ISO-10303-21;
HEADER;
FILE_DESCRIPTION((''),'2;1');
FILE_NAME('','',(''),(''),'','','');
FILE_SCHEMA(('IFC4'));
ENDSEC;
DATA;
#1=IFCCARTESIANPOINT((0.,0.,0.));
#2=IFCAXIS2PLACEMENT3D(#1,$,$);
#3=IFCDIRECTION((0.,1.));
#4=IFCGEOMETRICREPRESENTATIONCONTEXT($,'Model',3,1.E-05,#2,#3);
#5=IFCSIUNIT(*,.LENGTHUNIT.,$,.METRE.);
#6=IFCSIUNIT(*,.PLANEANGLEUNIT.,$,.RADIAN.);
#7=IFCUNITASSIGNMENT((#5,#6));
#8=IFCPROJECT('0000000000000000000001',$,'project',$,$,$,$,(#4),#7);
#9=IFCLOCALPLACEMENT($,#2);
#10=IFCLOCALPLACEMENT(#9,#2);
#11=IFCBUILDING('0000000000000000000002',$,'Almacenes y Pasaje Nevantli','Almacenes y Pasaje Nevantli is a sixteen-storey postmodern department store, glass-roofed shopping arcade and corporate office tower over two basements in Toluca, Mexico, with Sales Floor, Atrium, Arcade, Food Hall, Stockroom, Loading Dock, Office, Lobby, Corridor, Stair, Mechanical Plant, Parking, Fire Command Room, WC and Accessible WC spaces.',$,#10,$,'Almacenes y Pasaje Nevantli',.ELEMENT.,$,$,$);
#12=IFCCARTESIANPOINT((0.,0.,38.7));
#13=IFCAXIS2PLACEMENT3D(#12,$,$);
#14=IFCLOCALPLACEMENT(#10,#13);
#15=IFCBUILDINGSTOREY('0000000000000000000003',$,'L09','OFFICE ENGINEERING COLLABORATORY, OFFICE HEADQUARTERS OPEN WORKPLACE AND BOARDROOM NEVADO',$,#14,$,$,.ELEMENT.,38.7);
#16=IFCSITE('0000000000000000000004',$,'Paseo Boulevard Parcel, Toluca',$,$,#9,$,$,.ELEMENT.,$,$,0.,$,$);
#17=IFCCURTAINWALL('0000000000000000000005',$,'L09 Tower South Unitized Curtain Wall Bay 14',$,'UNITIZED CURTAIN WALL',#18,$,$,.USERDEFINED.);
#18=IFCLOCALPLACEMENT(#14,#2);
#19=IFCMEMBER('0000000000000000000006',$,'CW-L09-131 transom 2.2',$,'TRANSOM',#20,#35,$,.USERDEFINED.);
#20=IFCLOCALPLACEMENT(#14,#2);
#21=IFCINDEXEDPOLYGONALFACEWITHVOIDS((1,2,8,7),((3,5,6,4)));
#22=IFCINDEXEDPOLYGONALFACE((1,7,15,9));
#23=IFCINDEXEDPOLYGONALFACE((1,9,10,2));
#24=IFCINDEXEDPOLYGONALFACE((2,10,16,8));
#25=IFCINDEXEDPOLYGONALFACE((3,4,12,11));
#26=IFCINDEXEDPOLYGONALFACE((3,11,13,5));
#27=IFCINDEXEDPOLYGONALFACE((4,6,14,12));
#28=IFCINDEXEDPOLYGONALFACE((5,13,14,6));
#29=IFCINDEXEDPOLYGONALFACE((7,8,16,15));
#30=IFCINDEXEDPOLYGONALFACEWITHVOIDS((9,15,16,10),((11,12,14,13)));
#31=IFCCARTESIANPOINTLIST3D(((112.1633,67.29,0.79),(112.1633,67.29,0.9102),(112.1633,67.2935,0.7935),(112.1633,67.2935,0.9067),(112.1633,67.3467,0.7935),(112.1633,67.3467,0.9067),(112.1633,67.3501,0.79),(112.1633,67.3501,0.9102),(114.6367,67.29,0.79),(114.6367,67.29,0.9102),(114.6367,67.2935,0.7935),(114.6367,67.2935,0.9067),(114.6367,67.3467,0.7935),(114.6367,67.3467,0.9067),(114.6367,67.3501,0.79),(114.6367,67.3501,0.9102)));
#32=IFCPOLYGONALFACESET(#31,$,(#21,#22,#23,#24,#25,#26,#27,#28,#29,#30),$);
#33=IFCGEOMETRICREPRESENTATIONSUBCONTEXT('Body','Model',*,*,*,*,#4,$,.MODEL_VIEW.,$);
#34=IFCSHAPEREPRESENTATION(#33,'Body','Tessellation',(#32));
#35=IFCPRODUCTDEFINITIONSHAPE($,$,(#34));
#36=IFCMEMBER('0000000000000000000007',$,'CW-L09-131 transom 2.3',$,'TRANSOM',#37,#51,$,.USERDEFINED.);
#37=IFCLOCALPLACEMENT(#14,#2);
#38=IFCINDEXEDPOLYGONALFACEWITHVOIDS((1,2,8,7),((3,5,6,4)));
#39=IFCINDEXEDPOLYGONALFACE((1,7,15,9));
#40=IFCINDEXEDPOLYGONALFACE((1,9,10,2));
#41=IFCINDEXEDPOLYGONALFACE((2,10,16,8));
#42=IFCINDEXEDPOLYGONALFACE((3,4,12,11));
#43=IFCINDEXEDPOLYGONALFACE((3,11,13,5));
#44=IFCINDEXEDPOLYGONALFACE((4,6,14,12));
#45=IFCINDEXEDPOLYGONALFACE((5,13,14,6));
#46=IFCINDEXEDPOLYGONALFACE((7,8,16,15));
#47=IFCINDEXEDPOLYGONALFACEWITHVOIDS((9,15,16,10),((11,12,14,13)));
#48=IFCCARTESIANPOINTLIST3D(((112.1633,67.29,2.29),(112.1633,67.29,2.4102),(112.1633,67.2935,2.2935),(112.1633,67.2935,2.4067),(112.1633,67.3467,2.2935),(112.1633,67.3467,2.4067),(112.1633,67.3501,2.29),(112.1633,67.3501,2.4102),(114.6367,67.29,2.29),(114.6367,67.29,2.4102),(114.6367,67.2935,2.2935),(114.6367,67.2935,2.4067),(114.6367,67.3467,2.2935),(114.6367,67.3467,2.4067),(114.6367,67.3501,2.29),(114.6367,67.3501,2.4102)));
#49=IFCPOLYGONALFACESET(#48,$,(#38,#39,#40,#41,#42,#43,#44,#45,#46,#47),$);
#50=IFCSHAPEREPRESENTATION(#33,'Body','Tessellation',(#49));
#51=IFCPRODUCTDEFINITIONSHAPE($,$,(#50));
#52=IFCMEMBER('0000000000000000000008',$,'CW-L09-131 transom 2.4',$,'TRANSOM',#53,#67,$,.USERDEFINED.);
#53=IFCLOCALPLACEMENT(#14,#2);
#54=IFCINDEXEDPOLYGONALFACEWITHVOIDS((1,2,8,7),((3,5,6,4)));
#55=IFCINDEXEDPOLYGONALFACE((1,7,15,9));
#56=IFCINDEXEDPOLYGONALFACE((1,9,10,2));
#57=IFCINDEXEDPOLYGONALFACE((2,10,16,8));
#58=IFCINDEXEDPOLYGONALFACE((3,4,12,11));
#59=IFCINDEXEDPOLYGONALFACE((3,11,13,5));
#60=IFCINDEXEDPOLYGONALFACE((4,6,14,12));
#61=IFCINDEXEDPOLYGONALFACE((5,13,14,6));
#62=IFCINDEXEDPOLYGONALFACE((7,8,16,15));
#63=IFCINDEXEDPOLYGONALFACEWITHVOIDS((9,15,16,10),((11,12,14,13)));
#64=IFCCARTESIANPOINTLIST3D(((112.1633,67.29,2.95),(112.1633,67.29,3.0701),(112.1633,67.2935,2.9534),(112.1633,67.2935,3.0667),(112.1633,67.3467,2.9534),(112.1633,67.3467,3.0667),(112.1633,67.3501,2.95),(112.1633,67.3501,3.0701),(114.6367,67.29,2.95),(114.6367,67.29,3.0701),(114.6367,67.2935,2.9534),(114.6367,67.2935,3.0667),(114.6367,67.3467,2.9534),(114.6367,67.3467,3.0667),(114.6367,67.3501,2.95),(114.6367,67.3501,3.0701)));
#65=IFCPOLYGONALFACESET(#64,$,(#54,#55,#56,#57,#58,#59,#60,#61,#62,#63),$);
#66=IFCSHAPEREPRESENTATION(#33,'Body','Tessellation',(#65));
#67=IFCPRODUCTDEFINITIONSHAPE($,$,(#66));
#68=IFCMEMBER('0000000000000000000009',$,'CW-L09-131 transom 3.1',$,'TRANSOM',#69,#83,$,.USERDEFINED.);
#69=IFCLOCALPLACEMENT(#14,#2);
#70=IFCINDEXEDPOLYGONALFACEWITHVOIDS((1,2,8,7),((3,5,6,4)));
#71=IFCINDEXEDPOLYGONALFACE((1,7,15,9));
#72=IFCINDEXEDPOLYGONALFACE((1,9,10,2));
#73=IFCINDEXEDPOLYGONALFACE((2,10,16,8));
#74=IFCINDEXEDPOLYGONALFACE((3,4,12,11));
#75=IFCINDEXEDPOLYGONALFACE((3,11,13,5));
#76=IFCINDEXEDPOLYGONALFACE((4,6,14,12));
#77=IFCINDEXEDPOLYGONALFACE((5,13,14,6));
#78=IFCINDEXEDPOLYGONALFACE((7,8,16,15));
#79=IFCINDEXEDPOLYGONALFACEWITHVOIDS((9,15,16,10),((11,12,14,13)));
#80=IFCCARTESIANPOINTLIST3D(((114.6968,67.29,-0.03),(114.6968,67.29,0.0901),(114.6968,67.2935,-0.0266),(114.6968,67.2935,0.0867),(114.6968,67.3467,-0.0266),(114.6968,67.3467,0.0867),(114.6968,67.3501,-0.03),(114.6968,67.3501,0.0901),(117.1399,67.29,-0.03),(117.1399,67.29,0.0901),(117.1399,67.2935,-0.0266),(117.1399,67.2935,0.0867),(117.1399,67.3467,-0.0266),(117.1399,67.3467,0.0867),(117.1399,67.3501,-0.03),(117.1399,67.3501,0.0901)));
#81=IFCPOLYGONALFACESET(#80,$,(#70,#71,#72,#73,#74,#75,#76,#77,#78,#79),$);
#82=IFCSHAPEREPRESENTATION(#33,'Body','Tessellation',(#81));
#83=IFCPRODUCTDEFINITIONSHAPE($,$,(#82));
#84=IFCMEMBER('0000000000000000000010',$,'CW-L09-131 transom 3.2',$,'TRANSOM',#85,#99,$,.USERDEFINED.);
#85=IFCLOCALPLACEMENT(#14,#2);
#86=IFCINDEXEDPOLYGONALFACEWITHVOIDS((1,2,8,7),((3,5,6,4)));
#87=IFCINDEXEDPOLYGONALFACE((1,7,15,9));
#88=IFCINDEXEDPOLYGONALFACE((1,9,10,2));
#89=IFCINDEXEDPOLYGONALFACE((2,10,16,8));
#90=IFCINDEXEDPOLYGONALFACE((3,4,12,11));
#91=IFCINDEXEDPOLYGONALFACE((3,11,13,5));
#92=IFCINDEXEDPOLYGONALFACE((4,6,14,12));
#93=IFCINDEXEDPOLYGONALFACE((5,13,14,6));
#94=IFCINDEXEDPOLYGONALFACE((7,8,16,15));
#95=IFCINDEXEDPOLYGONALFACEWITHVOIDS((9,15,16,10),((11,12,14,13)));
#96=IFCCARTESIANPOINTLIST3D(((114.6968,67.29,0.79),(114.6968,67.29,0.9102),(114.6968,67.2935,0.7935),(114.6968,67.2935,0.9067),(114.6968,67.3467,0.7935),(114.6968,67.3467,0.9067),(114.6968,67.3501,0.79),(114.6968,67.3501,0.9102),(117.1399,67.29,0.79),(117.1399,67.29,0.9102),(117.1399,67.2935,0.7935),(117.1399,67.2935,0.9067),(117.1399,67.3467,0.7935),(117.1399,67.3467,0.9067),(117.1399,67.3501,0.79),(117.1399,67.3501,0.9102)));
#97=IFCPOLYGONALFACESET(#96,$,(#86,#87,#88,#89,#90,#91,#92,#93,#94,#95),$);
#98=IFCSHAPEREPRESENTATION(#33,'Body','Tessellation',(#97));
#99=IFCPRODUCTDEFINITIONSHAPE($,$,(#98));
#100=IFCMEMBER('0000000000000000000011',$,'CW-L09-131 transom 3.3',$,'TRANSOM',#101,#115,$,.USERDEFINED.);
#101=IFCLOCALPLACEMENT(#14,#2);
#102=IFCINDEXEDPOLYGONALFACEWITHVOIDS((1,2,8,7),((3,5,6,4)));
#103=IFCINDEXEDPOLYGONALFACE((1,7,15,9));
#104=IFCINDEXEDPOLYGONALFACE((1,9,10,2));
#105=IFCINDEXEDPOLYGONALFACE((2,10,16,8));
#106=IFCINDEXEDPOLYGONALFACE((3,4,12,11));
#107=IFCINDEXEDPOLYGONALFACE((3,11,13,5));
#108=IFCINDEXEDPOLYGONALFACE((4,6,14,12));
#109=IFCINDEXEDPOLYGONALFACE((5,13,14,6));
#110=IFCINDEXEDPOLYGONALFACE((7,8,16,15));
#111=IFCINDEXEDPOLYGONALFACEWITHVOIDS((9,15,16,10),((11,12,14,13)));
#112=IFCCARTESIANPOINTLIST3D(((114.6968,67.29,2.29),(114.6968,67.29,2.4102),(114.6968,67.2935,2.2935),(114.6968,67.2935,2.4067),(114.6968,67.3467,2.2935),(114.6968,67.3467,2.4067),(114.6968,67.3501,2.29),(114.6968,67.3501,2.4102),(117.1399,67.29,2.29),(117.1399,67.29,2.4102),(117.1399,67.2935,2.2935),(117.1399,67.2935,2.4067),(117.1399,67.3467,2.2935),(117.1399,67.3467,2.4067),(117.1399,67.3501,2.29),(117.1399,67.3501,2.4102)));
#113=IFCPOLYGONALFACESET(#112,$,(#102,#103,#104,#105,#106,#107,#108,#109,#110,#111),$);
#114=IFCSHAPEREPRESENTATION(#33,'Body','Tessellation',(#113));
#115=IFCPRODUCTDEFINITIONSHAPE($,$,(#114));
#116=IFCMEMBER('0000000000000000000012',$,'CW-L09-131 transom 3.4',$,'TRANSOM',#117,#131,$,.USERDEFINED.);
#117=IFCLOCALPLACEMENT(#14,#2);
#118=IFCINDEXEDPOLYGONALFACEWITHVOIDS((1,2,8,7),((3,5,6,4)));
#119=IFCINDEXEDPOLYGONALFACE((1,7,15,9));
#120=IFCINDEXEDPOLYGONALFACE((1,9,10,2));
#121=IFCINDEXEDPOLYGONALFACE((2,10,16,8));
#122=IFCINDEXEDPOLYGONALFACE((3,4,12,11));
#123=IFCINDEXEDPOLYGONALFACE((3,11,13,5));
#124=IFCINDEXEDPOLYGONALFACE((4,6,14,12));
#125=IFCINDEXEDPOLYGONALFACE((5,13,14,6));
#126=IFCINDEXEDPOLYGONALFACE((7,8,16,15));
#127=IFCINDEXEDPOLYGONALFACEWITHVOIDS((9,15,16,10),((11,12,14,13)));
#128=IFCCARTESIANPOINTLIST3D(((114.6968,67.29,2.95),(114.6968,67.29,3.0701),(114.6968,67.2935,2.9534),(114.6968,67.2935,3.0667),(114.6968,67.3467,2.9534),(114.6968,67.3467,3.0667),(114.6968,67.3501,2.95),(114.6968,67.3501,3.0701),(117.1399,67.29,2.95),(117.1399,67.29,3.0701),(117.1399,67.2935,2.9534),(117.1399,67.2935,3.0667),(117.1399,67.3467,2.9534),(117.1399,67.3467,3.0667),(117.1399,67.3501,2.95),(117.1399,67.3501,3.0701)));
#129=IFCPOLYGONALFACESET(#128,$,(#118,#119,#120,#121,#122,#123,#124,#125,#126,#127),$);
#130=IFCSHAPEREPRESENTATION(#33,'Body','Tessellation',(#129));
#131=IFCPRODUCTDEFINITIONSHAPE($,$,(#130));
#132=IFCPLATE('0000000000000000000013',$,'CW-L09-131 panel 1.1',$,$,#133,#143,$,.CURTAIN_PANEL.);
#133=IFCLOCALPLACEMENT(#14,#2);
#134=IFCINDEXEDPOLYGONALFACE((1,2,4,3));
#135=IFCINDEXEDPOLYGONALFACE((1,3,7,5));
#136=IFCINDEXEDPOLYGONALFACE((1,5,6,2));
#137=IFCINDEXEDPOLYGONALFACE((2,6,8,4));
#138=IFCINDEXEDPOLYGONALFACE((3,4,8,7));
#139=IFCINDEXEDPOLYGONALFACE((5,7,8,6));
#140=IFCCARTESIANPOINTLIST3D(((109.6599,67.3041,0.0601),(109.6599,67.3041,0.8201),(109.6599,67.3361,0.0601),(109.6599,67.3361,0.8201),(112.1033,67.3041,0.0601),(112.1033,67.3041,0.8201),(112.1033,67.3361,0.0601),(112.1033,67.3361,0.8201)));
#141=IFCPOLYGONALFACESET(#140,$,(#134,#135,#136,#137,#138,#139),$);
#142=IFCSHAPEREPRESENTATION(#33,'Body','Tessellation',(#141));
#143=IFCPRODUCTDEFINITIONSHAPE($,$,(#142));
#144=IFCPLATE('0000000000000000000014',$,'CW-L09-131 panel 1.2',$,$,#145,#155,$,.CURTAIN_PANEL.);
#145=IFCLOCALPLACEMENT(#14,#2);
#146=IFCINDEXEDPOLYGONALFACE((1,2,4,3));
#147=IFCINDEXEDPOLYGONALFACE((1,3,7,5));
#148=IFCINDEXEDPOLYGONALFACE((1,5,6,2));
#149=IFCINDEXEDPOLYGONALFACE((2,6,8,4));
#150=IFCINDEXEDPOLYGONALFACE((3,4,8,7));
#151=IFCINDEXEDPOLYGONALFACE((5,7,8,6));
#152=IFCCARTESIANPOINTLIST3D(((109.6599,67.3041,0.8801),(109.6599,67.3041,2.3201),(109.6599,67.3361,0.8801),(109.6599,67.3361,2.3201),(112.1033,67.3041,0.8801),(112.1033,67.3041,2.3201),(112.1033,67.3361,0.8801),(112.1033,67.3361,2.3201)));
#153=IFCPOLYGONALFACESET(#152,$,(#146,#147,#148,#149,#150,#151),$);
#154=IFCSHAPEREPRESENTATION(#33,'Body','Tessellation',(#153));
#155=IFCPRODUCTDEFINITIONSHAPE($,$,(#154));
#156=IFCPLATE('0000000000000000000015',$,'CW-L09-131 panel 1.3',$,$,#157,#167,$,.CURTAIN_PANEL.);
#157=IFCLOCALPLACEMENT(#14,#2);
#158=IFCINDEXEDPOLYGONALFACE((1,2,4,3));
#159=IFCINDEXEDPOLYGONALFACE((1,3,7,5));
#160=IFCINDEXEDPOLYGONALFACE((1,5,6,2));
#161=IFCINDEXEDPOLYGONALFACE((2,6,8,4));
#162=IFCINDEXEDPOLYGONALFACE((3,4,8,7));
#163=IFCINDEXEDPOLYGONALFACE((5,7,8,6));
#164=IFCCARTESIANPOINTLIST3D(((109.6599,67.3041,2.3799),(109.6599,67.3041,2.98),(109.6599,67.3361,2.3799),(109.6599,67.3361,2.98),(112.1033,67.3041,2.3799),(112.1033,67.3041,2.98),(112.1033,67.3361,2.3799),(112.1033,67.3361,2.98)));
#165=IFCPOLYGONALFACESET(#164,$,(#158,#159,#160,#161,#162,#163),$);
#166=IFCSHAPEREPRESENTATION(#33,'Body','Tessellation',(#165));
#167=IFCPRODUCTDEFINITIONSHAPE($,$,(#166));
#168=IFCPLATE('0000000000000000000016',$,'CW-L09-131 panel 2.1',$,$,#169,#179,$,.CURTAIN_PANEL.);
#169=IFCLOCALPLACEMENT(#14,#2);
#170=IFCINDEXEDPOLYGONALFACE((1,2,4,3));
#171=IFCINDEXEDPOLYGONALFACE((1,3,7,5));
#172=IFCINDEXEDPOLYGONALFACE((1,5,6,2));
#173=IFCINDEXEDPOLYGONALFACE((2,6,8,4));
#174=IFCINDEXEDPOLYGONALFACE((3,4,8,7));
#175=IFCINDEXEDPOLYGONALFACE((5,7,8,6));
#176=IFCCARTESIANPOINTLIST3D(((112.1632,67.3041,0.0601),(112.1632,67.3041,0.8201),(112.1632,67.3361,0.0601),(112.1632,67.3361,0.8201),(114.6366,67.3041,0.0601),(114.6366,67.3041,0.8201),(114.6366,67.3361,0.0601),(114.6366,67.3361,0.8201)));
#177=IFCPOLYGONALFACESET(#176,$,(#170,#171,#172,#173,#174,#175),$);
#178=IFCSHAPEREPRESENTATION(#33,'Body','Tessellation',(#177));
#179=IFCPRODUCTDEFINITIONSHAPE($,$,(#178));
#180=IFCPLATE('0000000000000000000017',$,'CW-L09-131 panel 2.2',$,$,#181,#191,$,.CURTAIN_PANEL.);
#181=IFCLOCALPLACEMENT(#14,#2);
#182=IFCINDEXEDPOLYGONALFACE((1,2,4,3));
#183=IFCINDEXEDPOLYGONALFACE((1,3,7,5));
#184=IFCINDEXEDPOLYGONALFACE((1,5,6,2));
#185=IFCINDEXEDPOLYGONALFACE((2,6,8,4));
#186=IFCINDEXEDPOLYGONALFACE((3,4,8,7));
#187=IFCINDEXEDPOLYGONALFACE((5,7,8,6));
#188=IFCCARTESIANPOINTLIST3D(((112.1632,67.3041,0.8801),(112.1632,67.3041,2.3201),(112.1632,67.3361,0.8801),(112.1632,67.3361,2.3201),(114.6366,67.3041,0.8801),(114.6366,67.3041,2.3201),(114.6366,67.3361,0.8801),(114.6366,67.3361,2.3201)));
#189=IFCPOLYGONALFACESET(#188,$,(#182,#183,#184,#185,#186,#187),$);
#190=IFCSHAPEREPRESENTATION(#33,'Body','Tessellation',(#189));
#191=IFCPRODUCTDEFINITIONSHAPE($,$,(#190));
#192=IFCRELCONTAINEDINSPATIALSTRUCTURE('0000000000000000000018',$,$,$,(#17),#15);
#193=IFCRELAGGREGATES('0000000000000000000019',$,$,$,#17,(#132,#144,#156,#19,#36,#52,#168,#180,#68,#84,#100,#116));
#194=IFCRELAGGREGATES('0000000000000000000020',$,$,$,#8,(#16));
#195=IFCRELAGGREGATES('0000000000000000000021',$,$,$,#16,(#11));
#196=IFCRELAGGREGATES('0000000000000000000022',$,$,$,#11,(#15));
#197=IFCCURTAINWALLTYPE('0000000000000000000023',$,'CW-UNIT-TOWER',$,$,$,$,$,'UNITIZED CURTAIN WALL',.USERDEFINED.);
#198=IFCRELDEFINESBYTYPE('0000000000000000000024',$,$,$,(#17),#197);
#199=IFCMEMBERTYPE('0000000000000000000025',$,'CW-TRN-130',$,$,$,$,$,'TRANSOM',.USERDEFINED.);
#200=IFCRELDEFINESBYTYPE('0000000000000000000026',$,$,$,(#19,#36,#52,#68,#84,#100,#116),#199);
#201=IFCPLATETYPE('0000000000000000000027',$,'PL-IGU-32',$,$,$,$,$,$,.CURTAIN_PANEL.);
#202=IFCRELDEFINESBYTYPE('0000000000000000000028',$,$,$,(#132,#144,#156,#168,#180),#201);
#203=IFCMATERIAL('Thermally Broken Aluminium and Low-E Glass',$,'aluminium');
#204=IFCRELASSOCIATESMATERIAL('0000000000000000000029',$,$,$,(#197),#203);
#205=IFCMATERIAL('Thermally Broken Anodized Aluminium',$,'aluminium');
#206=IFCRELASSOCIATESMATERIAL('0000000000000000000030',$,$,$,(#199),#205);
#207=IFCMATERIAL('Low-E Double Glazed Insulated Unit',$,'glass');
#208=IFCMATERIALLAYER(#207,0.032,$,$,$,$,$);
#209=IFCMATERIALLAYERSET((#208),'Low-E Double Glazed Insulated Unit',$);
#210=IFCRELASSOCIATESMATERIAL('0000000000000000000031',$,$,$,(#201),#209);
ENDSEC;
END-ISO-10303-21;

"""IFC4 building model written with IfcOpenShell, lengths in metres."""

from ifc_helpers import new_model, si_unit, direction, frame, origin, origin_2d, place, context, subcontext, project, spatial, rectangle, hollow_rectangle, extrude, material, layer, layer_set, material_profile, profile_set, type_object, element, aggregate, save


model = new_model("IFC4")

# Units and contexts
model_context = context("Model", 3, precision=1e-05, world=origin(), true_north=direction((0.0, 1.0)))
body_context = subcontext(model_context, "Body", "Model", "MODEL_VIEW")
ifc_project = project(units=[si_unit("LENGTHUNIT", "METRE"), si_unit("PLANEANGLEUNIT", "RADIAN")], contexts=[model_context])

# Site, building, storey
site_placement = place(None, origin())
site = spatial("IfcSite", under=ifc_project, at=site_placement, Name="Paseo Boulevard Parcel, Toluca", CompositionType="ELEMENT", RefElevation=0.0)
building_placement = place(site_placement, origin())
building = spatial("IfcBuilding", under=site, at=building_placement, Name="Almacenes y Pasaje Nevantli", Description="Almacenes y Pasaje Nevantli is a sixteen-storey postmodern department store, glass-roofed shopping arcade and corporate office tower over two basements in Toluca, Mexico, with Sales Floor, Atrium, Arcade, Food Hall, Stockroom, Loading Dock, Office, Lobby, Corridor, Stair, Mechanical Plant, Parking, Fire Command Room, WC and Accessible WC spaces.", LongName="Almacenes y Pasaje Nevantli", CompositionType="ELEMENT")
storey_placement = place(building_placement, frame((0.0, 0.0, 38.7)))
storey = spatial("IfcBuildingStorey", under=building, at=storey_placement, Name="L09", Description="OFFICE ENGINEERING COLLABORATORY, OFFICE HEADQUARTERS OPEN WORKPLACE AND BOARDROOM NEVADO", CompositionType="ELEMENT", Elevation=38.7)

# Curtain wall, members, plates
ifc_material_1 = material(Name="Thermally Broken Aluminium and Low-E Glass", Category="aluminium")
curtain_wall_type = type_object("IfcCurtainWallType", Name="CW-UNIT-TOWER", ElementType="UNITIZED CURTAIN WALL", PredefinedType="USERDEFINED", material=ifc_material_1)
curtain_wall_placement = place(storey_placement, origin())
curtain_wall = element("IfcCurtainWall", 1, at=curtain_wall_placement, inside=storey, type_object=curtain_wall_type, Name="L09 Tower South Unitized Curtain Wall Bay 14", ObjectType="UNITIZED CURTAIN WALL", PredefinedType="USERDEFINED")
ifc_material_2 = material(Name="Thermally Broken Anodized Aluminium", Category="aluminium")
ifc_material_profile_1 = material_profile(ifc_material_2, hollow_rectangle(XDim=0.0601, YDim=0.1201, WallThickness=0.0034, at=origin_2d()), Name="ALU-TRN-60x120")
ifc_profile_set_1 = profile_set([ifc_material_profile_1], Name="Thermally Broken Anodized Aluminium")
member_type_1 = type_object("IfcMemberType", Name="CW-TRN-130", ElementType="TRANSOM", PredefinedType="USERDEFINED", material=ifc_profile_set_1)
member_1_placement = place(storey_placement, frame((112.1633, 67.3201, 0.8501), z_axis=(1.0, 0.0, 0.0), x_axis=(0.0, 1.0, 0.0)))
member_1 = element("IfcMember", 2, at=member_1_placement, type_object=member_type_1, Name="CW-L09-131 transom 2.2", ObjectType="TRANSOM", PredefinedType="USERDEFINED", context=body_context, shape_type="SweptSolid", body=[
    extrude(hollow_rectangle(XDim=0.0601, YDim=0.1201, WallThickness=0.0034, at=origin_2d()), origin(), (0.0, 0.0, 1.0), 2.4734),
])
member_2_placement = place(storey_placement, frame((112.1633, 67.3201, 2.3501), z_axis=(1.0, 0.0, 0.0), x_axis=(0.0, 1.0, 0.0)))
member_2 = element("IfcMember", 3, at=member_2_placement, type_object=member_type_1, Name="CW-L09-131 transom 2.3", ObjectType="TRANSOM", PredefinedType="USERDEFINED", context=body_context, shape_type="SweptSolid", body=[
    extrude(hollow_rectangle(XDim=0.0601, YDim=0.1201, WallThickness=0.0034, at=origin_2d()), origin(), (0.0, 0.0, 1.0), 2.4734),
])
member_3_placement = place(storey_placement, frame((112.1633, 67.3201, 3.01), z_axis=(1.0, 0.0, 0.0), x_axis=(0.0, 1.0, 0.0)))
member_3 = element("IfcMember", 4, at=member_3_placement, type_object=member_type_1, Name="CW-L09-131 transom 2.4", ObjectType="TRANSOM", PredefinedType="USERDEFINED", context=body_context, shape_type="SweptSolid", body=[
    extrude(hollow_rectangle(XDim=0.0601, YDim=0.1201, WallThickness=0.0034, at=origin_2d()), origin(), (0.0, 0.0, 1.0), 2.4734),
])
member_4_placement = place(storey_placement, frame((114.6968, 67.3201, 0.03), z_axis=(1.0, 0.0, 0.0), x_axis=(0.0, 1.0, 0.0)))
member_4 = element("IfcMember", 5, at=member_4_placement, type_object=member_type_1, Name="CW-L09-131 transom 3.1", ObjectType="TRANSOM", PredefinedType="USERDEFINED", context=body_context, shape_type="SweptSolid", body=[
    extrude(hollow_rectangle(XDim=0.0601, YDim=0.1201, WallThickness=0.0034, at=origin_2d()), origin(), (0.0, 0.0, 1.0), 2.4431),
])
member_5_placement = place(storey_placement, frame((114.6968, 67.3201, 0.8501), z_axis=(1.0, 0.0, 0.0), x_axis=(0.0, 1.0, 0.0)))
member_5 = element("IfcMember", 6, at=member_5_placement, type_object=member_type_1, Name="CW-L09-131 transom 3.2", ObjectType="TRANSOM", PredefinedType="USERDEFINED", context=body_context, shape_type="SweptSolid", body=[
    extrude(hollow_rectangle(XDim=0.0601, YDim=0.1201, WallThickness=0.0034, at=origin_2d()), origin(), (0.0, 0.0, 1.0), 2.4431),
])
member_6_placement = place(storey_placement, frame((114.6968, 67.3201, 2.3501), z_axis=(1.0, 0.0, 0.0), x_axis=(0.0, 1.0, 0.0)))
member_6 = element("IfcMember", 7, at=member_6_placement, type_object=member_type_1, Name="CW-L09-131 transom 3.3", ObjectType="TRANSOM", PredefinedType="USERDEFINED", context=body_context, shape_type="SweptSolid", body=[
    extrude(hollow_rectangle(XDim=0.0601, YDim=0.1201, WallThickness=0.0034, at=origin_2d()), origin(), (0.0, 0.0, 1.0), 2.4431),
])
member_7_placement = place(storey_placement, frame((114.6968, 67.3201, 3.01), z_axis=(1.0, 0.0, 0.0), x_axis=(0.0, 1.0, 0.0)))
member_7 = element("IfcMember", 8, at=member_7_placement, type_object=member_type_1, Name="CW-L09-131 transom 3.4", ObjectType="TRANSOM", PredefinedType="USERDEFINED", context=body_context, shape_type="SweptSolid", body=[
    extrude(hollow_rectangle(XDim=0.0601, YDim=0.1201, WallThickness=0.0034, at=origin_2d()), origin(), (0.0, 0.0, 1.0), 2.4431),
])
ifc_material_3 = material(Name="Low-E Double Glazed Insulated Unit", Category="glass")
ifc_layer_1 = layer(ifc_material_3, 0.032)
ifc_layer_set_1 = layer_set([ifc_layer_1], Name="Low-E Double Glazed Insulated Unit")
plate_type = type_object("IfcPlateType", Name="PL-IGU-32", PredefinedType="CURTAIN_PANEL", material=ifc_layer_set_1)
plate_1_placement = place(storey_placement, frame((110.8816, 67.3201, 0.0601), z_axis=(0.0, 0.0, 1.0), x_axis=(1.0, 0.0, 0.0)))
plate_1 = element("IfcPlate", 9, at=plate_1_placement, type_object=plate_type, Name="CW-L09-131 panel 1.1", PredefinedType="CURTAIN_PANEL", context=body_context, shape_type="SweptSolid", body=[
    extrude(rectangle(XDim=2.4434, YDim=0.032, at=origin_2d()), origin(), (0.0, 0.0, 1.0), 0.76),
])
plate_2_placement = place(storey_placement, frame((110.8816, 67.3201, 0.8801), z_axis=(0.0, 0.0, 1.0), x_axis=(1.0, 0.0, 0.0)))
plate_2 = element("IfcPlate", 10, at=plate_2_placement, type_object=plate_type, Name="CW-L09-131 panel 1.2", PredefinedType="CURTAIN_PANEL", context=body_context, shape_type="SweptSolid", body=[
    extrude(rectangle(XDim=2.4434, YDim=0.032, at=origin_2d()), origin(), (0.0, 0.0, 1.0), 1.4399),
])
plate_3_placement = place(storey_placement, frame((110.8816, 67.3201, 2.3799), z_axis=(0.0, 0.0, 1.0), x_axis=(1.0, 0.0, 0.0)))
plate_3 = element("IfcPlate", 11, at=plate_3_placement, type_object=plate_type, Name="CW-L09-131 panel 1.3", PredefinedType="CURTAIN_PANEL", context=body_context, shape_type="SweptSolid", body=[
    extrude(rectangle(XDim=2.4434, YDim=0.032, at=origin_2d()), origin(), (0.0, 0.0, 1.0), 0.6001),
])
plate_4_placement = place(storey_placement, frame((113.3999, 67.3201, 0.0601), z_axis=(0.0, 0.0, 1.0), x_axis=(1.0, 0.0, 0.0)))
plate_4 = element("IfcPlate", 12, at=plate_4_placement, type_object=plate_type, Name="CW-L09-131 panel 2.1", PredefinedType="CURTAIN_PANEL", context=body_context, shape_type="SweptSolid", body=[
    extrude(rectangle(XDim=2.4734, YDim=0.032, at=origin_2d()), origin(), (0.0, 0.0, 1.0), 0.76),
])
plate_5_placement = place(storey_placement, frame((113.3999, 67.3201, 0.8801), z_axis=(0.0, 0.0, 1.0), x_axis=(1.0, 0.0, 0.0)))
plate_5 = element("IfcPlate", 13, at=plate_5_placement, type_object=plate_type, Name="CW-L09-131 panel 2.2", PredefinedType="CURTAIN_PANEL", context=body_context, shape_type="SweptSolid", body=[
    extrude(rectangle(XDim=2.4734, YDim=0.032, at=origin_2d()), origin(), (0.0, 0.0, 1.0), 1.4399),
])
aggregate(curtain_wall, [plate_1, plate_2, plate_3, member_1, member_2, member_3, plate_4, plate_5, member_4, member_5, member_6, member_7])

save(model, "model.ifc")
